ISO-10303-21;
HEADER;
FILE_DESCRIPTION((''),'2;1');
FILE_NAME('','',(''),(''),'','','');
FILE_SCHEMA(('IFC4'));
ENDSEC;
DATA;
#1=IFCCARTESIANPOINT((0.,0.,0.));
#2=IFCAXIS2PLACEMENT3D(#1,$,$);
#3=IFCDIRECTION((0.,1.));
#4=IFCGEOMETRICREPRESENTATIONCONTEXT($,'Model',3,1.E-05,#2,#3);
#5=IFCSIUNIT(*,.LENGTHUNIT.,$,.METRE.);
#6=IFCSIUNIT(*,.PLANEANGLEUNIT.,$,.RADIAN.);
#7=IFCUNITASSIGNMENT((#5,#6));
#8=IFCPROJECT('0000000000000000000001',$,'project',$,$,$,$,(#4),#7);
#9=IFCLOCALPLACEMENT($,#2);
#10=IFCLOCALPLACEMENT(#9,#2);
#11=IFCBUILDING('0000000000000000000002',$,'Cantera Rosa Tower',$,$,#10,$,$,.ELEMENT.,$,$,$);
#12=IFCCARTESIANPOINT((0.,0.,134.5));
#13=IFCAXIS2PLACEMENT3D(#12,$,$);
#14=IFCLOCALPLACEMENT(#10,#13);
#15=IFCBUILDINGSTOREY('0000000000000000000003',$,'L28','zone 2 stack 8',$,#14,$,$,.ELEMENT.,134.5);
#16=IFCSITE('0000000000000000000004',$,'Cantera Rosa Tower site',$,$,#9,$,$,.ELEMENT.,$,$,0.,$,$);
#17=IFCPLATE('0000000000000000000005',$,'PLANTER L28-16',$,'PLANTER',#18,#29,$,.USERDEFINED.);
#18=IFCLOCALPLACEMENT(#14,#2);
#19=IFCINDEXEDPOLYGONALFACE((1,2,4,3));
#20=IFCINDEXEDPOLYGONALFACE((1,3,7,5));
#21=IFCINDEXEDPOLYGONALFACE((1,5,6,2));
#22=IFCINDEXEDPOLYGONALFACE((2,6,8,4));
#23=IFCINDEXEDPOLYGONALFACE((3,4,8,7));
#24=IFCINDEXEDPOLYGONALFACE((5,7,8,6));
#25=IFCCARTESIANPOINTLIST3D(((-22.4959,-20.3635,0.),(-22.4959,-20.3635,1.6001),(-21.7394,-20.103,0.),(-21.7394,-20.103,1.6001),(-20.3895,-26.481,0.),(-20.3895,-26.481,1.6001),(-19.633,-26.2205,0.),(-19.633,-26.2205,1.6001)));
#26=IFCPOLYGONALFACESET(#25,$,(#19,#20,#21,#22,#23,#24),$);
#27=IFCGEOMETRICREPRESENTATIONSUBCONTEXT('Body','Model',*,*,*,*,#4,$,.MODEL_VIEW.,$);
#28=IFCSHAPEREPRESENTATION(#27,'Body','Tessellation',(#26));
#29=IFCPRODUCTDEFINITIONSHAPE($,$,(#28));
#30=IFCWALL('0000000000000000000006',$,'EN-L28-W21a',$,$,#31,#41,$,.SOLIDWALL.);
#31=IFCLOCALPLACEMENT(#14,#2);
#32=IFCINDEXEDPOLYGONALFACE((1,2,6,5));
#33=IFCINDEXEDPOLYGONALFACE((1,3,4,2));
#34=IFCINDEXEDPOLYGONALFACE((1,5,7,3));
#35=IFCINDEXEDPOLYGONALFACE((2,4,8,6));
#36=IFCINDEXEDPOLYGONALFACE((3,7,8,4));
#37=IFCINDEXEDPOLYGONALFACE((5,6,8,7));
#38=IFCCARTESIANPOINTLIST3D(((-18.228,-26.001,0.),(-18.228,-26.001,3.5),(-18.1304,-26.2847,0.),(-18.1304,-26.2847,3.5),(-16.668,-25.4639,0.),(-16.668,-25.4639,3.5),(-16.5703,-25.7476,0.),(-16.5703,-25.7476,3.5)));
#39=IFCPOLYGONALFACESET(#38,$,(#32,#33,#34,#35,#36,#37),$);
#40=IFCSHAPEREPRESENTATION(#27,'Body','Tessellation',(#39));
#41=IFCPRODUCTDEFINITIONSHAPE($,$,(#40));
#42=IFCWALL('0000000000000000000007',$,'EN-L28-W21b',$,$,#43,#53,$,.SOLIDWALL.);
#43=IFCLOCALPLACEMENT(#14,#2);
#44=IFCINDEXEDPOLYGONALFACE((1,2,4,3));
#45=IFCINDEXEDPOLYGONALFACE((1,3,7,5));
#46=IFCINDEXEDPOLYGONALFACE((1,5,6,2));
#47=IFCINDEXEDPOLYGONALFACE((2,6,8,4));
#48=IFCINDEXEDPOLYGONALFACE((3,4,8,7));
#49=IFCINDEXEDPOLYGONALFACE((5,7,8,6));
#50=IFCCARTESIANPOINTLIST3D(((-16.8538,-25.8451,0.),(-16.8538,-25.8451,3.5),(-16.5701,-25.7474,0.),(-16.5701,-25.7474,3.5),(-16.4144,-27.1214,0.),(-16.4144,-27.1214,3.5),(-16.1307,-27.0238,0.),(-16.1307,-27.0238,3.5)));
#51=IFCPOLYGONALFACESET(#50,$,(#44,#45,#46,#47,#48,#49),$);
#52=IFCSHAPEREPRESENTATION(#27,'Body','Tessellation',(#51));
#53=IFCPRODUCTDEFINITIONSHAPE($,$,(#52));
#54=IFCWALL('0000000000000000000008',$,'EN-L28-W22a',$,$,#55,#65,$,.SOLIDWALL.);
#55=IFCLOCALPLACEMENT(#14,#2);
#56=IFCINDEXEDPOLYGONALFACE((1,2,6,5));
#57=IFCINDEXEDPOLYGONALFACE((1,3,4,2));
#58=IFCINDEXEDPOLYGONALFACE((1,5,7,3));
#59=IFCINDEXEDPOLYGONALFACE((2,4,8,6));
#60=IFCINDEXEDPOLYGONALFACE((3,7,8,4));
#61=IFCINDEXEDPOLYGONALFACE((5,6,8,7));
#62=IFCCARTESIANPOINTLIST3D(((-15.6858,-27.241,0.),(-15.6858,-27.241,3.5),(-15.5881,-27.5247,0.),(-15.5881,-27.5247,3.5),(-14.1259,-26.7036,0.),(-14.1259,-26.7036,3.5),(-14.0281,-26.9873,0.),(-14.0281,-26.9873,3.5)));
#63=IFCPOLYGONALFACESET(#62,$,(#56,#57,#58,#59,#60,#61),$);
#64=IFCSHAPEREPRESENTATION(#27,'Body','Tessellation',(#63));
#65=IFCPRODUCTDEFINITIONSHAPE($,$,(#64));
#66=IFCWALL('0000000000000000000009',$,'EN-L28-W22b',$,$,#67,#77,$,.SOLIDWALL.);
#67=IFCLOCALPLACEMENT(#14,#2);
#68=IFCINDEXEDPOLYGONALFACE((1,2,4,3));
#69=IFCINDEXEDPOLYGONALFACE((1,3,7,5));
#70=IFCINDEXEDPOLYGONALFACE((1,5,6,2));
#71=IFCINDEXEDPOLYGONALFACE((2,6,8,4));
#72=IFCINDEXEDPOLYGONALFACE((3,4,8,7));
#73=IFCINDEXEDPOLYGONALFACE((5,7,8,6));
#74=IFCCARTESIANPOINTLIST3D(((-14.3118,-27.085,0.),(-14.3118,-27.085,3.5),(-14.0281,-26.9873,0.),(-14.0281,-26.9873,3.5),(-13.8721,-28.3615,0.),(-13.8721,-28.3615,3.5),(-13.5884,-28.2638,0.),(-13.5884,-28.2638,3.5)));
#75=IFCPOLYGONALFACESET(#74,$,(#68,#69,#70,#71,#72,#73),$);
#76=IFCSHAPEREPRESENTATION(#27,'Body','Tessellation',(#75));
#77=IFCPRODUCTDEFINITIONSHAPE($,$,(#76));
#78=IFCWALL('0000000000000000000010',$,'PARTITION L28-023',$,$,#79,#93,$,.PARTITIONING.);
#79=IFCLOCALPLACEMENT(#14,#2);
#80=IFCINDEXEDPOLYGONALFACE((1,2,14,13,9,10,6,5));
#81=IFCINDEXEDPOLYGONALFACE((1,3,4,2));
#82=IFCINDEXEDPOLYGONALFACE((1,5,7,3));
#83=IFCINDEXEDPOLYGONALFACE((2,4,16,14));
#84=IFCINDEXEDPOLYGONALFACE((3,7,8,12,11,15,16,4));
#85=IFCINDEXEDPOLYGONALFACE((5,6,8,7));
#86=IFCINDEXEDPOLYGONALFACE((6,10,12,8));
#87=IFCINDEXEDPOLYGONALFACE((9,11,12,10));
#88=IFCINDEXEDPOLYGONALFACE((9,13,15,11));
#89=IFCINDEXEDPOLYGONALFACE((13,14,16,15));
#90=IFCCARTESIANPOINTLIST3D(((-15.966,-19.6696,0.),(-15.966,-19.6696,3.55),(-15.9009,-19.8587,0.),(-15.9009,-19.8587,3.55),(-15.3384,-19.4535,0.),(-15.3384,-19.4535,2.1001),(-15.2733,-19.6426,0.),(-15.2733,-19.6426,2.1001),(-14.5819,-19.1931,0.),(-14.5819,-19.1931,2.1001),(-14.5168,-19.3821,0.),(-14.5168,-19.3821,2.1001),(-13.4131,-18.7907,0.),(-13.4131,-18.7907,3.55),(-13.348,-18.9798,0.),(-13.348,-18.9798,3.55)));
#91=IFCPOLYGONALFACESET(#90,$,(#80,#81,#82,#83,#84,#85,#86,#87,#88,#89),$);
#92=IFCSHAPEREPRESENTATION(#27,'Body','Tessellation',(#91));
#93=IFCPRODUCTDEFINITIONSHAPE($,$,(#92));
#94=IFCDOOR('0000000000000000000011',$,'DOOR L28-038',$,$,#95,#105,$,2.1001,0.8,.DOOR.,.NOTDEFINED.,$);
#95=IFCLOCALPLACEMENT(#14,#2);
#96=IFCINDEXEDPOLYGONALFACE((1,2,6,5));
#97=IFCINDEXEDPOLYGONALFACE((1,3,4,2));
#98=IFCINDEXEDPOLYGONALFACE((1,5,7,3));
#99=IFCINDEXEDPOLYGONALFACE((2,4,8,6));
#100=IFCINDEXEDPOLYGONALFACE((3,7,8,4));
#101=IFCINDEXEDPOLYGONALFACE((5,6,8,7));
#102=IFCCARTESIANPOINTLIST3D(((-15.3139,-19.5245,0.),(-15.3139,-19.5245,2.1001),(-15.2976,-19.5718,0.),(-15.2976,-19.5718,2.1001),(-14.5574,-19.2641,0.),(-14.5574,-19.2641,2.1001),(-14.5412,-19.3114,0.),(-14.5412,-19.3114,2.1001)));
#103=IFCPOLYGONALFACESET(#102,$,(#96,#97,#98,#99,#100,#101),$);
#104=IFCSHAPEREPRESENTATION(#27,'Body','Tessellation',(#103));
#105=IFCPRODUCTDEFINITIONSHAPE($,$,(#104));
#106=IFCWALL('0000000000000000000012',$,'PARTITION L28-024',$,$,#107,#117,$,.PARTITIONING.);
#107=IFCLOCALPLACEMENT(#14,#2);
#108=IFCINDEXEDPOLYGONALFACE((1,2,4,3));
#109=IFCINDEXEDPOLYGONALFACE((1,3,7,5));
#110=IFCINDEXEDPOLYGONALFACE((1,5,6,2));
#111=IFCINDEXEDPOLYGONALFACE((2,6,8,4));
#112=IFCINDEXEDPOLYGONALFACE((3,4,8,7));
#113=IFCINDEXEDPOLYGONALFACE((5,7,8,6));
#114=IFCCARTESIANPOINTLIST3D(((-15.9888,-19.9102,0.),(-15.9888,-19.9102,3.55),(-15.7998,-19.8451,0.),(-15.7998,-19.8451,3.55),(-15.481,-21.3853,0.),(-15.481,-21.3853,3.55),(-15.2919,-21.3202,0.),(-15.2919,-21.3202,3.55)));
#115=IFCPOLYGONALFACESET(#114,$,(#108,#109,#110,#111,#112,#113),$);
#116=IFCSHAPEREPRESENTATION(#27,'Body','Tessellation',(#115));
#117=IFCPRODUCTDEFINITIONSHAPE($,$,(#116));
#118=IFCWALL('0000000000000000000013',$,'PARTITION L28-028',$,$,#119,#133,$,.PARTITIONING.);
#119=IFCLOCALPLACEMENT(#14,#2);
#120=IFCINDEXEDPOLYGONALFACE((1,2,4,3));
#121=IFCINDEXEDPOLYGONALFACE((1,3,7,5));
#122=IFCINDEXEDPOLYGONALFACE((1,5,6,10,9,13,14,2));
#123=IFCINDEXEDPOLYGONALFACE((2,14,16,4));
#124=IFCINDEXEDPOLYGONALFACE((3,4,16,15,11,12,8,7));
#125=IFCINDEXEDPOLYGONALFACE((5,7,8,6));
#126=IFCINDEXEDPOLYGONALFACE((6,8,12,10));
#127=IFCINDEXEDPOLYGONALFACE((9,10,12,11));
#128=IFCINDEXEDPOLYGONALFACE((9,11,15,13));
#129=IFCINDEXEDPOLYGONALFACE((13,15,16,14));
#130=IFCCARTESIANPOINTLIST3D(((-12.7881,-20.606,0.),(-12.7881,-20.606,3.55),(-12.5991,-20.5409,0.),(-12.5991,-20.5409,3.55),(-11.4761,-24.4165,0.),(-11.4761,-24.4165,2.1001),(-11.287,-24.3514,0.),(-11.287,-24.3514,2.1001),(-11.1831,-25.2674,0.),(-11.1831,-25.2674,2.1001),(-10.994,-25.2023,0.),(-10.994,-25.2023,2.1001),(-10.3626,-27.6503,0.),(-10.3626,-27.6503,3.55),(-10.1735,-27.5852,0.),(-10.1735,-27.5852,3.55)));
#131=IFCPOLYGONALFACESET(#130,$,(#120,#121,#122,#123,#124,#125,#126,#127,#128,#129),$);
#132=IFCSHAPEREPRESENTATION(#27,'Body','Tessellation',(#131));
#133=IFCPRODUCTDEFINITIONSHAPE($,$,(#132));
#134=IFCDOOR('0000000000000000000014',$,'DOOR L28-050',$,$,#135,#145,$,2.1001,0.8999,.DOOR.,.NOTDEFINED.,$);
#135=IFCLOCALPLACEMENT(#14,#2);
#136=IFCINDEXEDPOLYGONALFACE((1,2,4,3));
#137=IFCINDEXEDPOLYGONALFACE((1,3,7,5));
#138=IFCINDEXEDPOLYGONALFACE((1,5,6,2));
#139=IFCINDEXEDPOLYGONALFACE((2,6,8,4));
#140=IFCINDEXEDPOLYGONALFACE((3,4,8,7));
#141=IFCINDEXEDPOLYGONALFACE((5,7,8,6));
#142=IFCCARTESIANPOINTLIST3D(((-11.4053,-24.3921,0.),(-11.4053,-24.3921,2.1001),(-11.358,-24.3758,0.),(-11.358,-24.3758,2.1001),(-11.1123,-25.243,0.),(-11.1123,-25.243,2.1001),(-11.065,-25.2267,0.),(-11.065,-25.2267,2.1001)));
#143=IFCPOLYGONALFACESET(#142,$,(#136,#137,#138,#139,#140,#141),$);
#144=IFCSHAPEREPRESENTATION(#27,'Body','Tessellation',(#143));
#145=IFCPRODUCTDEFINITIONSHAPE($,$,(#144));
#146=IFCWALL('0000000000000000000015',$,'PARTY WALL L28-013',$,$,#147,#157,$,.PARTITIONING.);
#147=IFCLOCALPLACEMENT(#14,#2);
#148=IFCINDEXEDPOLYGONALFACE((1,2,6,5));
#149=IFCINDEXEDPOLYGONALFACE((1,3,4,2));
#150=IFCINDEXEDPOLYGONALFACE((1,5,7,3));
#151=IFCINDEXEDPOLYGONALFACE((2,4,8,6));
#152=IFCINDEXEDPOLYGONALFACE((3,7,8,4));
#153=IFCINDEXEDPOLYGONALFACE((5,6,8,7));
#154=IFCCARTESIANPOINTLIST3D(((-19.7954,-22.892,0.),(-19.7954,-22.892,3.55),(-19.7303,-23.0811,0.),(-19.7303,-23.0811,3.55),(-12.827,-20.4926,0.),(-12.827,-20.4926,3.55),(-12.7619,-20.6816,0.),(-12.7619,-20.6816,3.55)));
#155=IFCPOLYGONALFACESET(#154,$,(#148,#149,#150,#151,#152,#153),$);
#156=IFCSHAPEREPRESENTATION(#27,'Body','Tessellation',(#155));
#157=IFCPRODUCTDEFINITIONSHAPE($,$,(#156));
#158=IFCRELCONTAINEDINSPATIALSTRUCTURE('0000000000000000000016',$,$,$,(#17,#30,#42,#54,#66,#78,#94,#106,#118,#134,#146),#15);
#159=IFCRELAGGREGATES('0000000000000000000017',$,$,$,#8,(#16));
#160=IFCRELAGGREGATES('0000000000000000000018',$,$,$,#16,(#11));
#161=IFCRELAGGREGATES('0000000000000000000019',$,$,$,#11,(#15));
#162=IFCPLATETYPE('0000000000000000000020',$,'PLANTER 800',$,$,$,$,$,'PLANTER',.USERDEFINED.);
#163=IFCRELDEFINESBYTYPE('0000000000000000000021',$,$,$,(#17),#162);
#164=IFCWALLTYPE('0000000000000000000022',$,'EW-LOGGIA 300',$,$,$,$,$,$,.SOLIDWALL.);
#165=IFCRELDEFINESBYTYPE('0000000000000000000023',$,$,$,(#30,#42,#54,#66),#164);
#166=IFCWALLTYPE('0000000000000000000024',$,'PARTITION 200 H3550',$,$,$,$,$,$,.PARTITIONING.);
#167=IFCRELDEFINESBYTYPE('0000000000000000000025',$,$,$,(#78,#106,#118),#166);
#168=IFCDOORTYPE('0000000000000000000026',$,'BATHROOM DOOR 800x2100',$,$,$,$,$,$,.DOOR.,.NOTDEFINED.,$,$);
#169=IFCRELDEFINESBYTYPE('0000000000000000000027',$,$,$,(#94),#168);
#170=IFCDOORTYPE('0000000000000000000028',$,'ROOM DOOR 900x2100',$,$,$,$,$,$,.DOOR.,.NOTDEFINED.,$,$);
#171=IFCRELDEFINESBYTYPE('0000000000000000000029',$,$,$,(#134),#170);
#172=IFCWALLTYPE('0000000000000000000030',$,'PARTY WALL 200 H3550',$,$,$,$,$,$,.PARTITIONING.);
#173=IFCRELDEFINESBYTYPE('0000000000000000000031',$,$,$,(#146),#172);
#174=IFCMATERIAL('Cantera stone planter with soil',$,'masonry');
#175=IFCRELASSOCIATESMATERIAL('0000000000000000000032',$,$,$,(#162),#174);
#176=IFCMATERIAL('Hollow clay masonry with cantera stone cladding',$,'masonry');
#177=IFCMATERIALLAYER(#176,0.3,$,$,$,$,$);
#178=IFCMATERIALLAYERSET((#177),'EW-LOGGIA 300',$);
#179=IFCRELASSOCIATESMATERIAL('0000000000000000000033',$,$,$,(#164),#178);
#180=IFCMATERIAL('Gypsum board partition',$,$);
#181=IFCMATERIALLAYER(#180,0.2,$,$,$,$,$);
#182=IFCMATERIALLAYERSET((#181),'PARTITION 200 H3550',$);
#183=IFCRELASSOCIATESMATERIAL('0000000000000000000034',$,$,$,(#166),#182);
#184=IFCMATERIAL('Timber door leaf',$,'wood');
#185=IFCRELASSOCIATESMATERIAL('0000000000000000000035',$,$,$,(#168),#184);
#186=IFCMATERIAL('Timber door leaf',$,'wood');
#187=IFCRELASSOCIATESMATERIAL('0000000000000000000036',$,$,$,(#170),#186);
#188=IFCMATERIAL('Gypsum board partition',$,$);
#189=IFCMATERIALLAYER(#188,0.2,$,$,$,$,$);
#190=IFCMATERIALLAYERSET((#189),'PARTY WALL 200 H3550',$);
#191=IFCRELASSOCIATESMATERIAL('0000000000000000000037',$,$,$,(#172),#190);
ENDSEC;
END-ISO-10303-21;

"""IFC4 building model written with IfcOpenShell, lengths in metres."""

from ifc_helpers import new_model, si_unit, direction, frame, frame_2d, origin, origin_2d, place, context, subcontext, project, spatial, rectangle, extrude, material, layer, layer_set, type_object, element, fill, save


model = new_model("IFC4")

# Units and contexts
model_context = context("Model", 3, precision=1e-05, world=origin(), true_north=direction((0.0, 1.0)))
body_context = subcontext(model_context, "Body", "Model", "MODEL_VIEW")
ifc_project = project(units=[si_unit("LENGTHUNIT", "METRE"), si_unit("PLANEANGLEUNIT", "RADIAN")], contexts=[model_context])

# Site, building, storey
site_placement = place(None, origin())
site = spatial("IfcSite", under=ifc_project, at=site_placement, Name="Cantera Rosa Tower site", CompositionType="ELEMENT", RefElevation=0.0)
building_placement = place(site_placement, origin())
building = spatial("IfcBuilding", under=site, at=building_placement, Name="Cantera Rosa Tower", CompositionType="ELEMENT")
storey_placement = place(building_placement, frame((0.0, 0.0, 134.5)))
storey = spatial("IfcBuildingStorey", under=building, at=storey_placement, Name="L28", Description="zone 2 stack 8", CompositionType="ELEMENT", Elevation=134.5)

# Plate
ifc_material_1 = material(Name="Cantera stone planter with soil", Category="masonry")
plate_type = type_object("IfcPlateType", Name="PLANTER 800", ElementType="PLANTER", PredefinedType="USERDEFINED", material=ifc_material_1)
plate_placement = place(storey_placement, frame((-21.0645, -23.292, 0.0), z_axis=(0.0, 0.0, 1.0), x_axis=(0.325568, -0.945519, 0.0)))
element("IfcPlate", 1, at=plate_placement, inside=storey, type_object=plate_type, Name="PLANTER L28-16", ObjectType="PLANTER", PredefinedType="USERDEFINED", context=body_context, shape_type="SweptSolid", body=[
    extrude(rectangle(XDim=6.47, YDim=0.8, at=origin_2d()), origin(), (0.0, 0.0, 1.0), 1.6001),
])

# Walls
ifc_material_2 = material(Name="Hollow clay masonry with cantera stone cladding", Category="masonry")
ifc_layer_1 = layer(ifc_material_2, 0.3)
ifc_layer_set_1 = layer_set([ifc_layer_1], Name="EW-LOGGIA 300")
wall_type_1 = type_object("IfcWallType", Name="EW-LOGGIA 300", PredefinedType="SOLIDWALL", material=ifc_layer_set_1)
wall_1_placement = place(storey_placement, frame((-18.1792, -26.1428, 0.0), z_axis=(0.0, 0.0, 1.0), x_axis=(0.94553, 0.325535, 0.0)))
element("IfcWall", 2, at=wall_1_placement, inside=storey, type_object=wall_type_1, Name="EN-L28-W21a", PredefinedType="SOLIDWALL", context=body_context, shape_type="SweptSolid", body=[
    extrude(rectangle(XDim=1.6499, YDim=0.3, at=frame_2d((0.825, 0.0))), origin(), (0.0, 0.0, 1.0), 3.5),
])
wall_2_placement = place(storey_placement, frame((-16.7119, -25.7964, 0.0), z_axis=(0.0, 0.0, 1.0), x_axis=(0.325545, -0.945527, 0.0)))
element("IfcWall", 3, at=wall_2_placement, inside=storey, type_object=wall_type_1, Name="EN-L28-W21b", PredefinedType="SOLIDWALL", context=body_context, shape_type="SweptSolid", body=[
    extrude(rectangle(XDim=1.3499, YDim=0.3, at=frame_2d((0.6748, 0.0))), origin(), (0.0, 0.0, 1.0), 3.5),
])
wall_3_placement = place(storey_placement, frame((-15.637, -27.3828, 0.0), z_axis=(0.0, 0.0, 1.0), x_axis=(0.945485, 0.325667, 0.0)))
element("IfcWall", 4, at=wall_3_placement, inside=storey, type_object=wall_type_1, Name="EN-L28-W22a", PredefinedType="SOLIDWALL", context=body_context, shape_type="SweptSolid", body=[
    extrude(rectangle(XDim=1.6499, YDim=0.3, at=frame_2d((0.825, 0.0))), origin(), (0.0, 0.0, 1.0), 3.5),
])
wall_4_placement = place(storey_placement, frame((-14.1699, -27.0361, 0.0), z_axis=(0.0, 0.0, 1.0), x_axis=(0.325651, -0.94549, 0.0)))
element("IfcWall", 5, at=wall_4_placement, inside=storey, type_object=wall_type_1, Name="EN-L28-W22b", PredefinedType="SOLIDWALL", context=body_context, shape_type="SweptSolid", body=[
    extrude(rectangle(XDim=1.3501, YDim=0.3, at=frame_2d((0.675, 0.0))), origin(), (0.0, 0.0, 1.0), 3.5),
])

# Wall, opening, door
ifc_material_3 = material(Name="Gypsum board partition")
ifc_layer_2 = layer(ifc_material_3, 0.2)
ifc_layer_set_2 = layer_set([ifc_layer_2], Name="PARTITION 200 H3550")
wall_type_2 = type_object("IfcWallType", Name="PARTITION 200 H3550", PredefinedType="PARTITIONING", material=ifc_layer_set_2)
wall_5_placement = place(storey_placement, frame((-15.9336, -19.7642, 0.0), z_axis=(0.0, 0.0, 1.0), x_axis=(0.945536, 0.325517, 0.0)))
wall_5 = element("IfcWall", 6, at=wall_5_placement, inside=storey, type_object=wall_type_2, Name="PARTITION L28-023", PredefinedType="PARTITIONING", context=body_context, shape_type="SweptSolid", body=[
    extrude(rectangle(XDim=2.7, YDim=0.2, at=frame_2d((1.3501, 0.0))), origin(), (0.0, 0.0, 1.0), 3.55),
])
opening_1_placement = place(wall_5_placement, frame((0.6641, 0.0, 0.0)))
opening_1 = element("IfcOpeningElement", 7, at=opening_1_placement, cuts=wall_5, PredefinedType="OPENING", context=body_context, shape_type="SweptSolid", body=[
    extrude(rectangle(XDim=0.8, YDim=2.1001, at=frame_2d((0.3999, 1.05))), frame((0.0, 0.1099, 0.0), z_axis=(0.0, -1.0, 0.0), x_axis=(1.0, 0.0, 0.0)), (0.0, 0.0, 1.0), 0.22),
])
ifc_material_4 = material(Name="Timber door leaf", Category="wood")
door_type_1 = type_object("IfcDoorType", Name="BATHROOM DOOR 800x2100", OperationType="NOTDEFINED", PredefinedType="DOOR", material=ifc_material_4)
door_1_placement = place(opening_1_placement, origin())
door_1 = element("IfcDoor", 8, at=door_1_placement, inside=storey, type_object=door_type_1, Name="DOOR L28-038", OperationType="NOTDEFINED", OverallHeight=2.1001, OverallWidth=0.8, PredefinedType="DOOR", context=body_context, shape_type="SweptSolid", body=[
    extrude(rectangle(XDim=0.8, YDim=2.1001, at=frame_2d((0.3999, 1.05))), frame((0.0, 0.0249, 0.0), z_axis=(0.0, -1.0, 0.0), x_axis=(1.0, 0.0, 0.0)), (0.0, 0.0, 1.0), 0.05),
])
fill(opening_1, door_1)

# Wall
wall_6_placement = place(storey_placement, frame((-15.3865, -21.3528, 0.0), z_axis=(0.0, 0.0, 1.0), x_axis=(-0.325508, 0.945539, 0.0)))
element("IfcWall", 9, at=wall_6_placement, inside=storey, type_object=wall_type_2, Name="PARTITION L28-024", PredefinedType="PARTITIONING", context=body_context, shape_type="SweptSolid", body=[
    extrude(rectangle(XDim=1.5601, YDim=0.2, at=frame_2d((0.78, 0.0))), origin(), (0.0, 0.0, 1.0), 3.55),
])

# Wall, opening, door
wall_7_placement = place(storey_placement, frame((-12.6936, -20.5735, 0.0), z_axis=(0.0, 0.0, 1.0), x_axis=(0.325572, -0.945517, 0.0)))
wall_7 = element("IfcWall", 10, at=wall_7_placement, inside=storey, type_object=wall_type_2, Name="PARTITION L28-028", PredefinedType="PARTITIONING", context=body_context, shape_type="SweptSolid", body=[
    extrude(rectangle(XDim=7.4502, YDim=0.2, at=frame_2d((3.7251, 0.0))), origin(), (0.0, 0.0, 1.0), 3.55),
])
opening_2_placement = place(wall_7_placement, frame((4.03, 0.0, 0.0)))
opening_2 = element("IfcOpeningElement", 11, at=opening_2_placement, cuts=wall_7, PredefinedType="OPENING", context=body_context, shape_type="SweptSolid", body=[
    extrude(rectangle(XDim=0.8999, YDim=2.1001, at=frame_2d((0.45, 1.05))), frame((0.0, 0.1099, 0.0), z_axis=(0.0, -1.0, 0.0), x_axis=(1.0, 0.0, 0.0)), (0.0, 0.0, 1.0), 0.22),
])
ifc_material_5 = material(Name="Timber door leaf", Category="wood")
door_type_2 = type_object("IfcDoorType", Name="ROOM DOOR 900x2100", OperationType="NOTDEFINED", PredefinedType="DOOR", material=ifc_material_5)
door_2_placement = place(opening_2_placement, origin())
door_2 = element("IfcDoor", 12, at=door_2_placement, inside=storey, type_object=door_type_2, Name="DOOR L28-050", OperationType="NOTDEFINED", OverallHeight=2.1001, OverallWidth=0.8999, PredefinedType="DOOR", context=body_context, shape_type="SweptSolid", body=[
    extrude(rectangle(XDim=0.8999, YDim=2.1001, at=frame_2d((0.45, 1.05))), frame((0.0, 0.0249, 0.0), z_axis=(0.0, -1.0, 0.0), x_axis=(1.0, 0.0, 0.0)), (0.0, 0.0, 1.0), 0.05),
])
fill(opening_2, door_2)

# Wall
ifc_material_6 = material(Name="Gypsum board partition")
ifc_layer_3 = layer(ifc_material_6, 0.2)
ifc_layer_set_3 = layer_set([ifc_layer_3], Name="PARTY WALL 200 H3550")
wall_type_3 = type_object("IfcWallType", Name="PARTY WALL 200 H3550", PredefinedType="PARTITIONING", material=ifc_layer_set_3)
wall_8_placement = place(storey_placement, frame((-19.7629, -22.9866, 0.0), z_axis=(0.0, 0.0, 1.0), x_axis=(0.945517, 0.325574, 0.0)))
element("IfcWall", 13, at=wall_8_placement, inside=storey, type_object=wall_type_3, Name="PARTY WALL L28-013", PredefinedType="PARTITIONING", context=body_context, shape_type="SweptSolid", body=[
    extrude(rectangle(XDim=7.3699, YDim=0.2, at=frame_2d((3.6851, 0.0))), origin(), (0.0, 0.0, 1.0), 3.55),
])

save(model, "model.ifc")
